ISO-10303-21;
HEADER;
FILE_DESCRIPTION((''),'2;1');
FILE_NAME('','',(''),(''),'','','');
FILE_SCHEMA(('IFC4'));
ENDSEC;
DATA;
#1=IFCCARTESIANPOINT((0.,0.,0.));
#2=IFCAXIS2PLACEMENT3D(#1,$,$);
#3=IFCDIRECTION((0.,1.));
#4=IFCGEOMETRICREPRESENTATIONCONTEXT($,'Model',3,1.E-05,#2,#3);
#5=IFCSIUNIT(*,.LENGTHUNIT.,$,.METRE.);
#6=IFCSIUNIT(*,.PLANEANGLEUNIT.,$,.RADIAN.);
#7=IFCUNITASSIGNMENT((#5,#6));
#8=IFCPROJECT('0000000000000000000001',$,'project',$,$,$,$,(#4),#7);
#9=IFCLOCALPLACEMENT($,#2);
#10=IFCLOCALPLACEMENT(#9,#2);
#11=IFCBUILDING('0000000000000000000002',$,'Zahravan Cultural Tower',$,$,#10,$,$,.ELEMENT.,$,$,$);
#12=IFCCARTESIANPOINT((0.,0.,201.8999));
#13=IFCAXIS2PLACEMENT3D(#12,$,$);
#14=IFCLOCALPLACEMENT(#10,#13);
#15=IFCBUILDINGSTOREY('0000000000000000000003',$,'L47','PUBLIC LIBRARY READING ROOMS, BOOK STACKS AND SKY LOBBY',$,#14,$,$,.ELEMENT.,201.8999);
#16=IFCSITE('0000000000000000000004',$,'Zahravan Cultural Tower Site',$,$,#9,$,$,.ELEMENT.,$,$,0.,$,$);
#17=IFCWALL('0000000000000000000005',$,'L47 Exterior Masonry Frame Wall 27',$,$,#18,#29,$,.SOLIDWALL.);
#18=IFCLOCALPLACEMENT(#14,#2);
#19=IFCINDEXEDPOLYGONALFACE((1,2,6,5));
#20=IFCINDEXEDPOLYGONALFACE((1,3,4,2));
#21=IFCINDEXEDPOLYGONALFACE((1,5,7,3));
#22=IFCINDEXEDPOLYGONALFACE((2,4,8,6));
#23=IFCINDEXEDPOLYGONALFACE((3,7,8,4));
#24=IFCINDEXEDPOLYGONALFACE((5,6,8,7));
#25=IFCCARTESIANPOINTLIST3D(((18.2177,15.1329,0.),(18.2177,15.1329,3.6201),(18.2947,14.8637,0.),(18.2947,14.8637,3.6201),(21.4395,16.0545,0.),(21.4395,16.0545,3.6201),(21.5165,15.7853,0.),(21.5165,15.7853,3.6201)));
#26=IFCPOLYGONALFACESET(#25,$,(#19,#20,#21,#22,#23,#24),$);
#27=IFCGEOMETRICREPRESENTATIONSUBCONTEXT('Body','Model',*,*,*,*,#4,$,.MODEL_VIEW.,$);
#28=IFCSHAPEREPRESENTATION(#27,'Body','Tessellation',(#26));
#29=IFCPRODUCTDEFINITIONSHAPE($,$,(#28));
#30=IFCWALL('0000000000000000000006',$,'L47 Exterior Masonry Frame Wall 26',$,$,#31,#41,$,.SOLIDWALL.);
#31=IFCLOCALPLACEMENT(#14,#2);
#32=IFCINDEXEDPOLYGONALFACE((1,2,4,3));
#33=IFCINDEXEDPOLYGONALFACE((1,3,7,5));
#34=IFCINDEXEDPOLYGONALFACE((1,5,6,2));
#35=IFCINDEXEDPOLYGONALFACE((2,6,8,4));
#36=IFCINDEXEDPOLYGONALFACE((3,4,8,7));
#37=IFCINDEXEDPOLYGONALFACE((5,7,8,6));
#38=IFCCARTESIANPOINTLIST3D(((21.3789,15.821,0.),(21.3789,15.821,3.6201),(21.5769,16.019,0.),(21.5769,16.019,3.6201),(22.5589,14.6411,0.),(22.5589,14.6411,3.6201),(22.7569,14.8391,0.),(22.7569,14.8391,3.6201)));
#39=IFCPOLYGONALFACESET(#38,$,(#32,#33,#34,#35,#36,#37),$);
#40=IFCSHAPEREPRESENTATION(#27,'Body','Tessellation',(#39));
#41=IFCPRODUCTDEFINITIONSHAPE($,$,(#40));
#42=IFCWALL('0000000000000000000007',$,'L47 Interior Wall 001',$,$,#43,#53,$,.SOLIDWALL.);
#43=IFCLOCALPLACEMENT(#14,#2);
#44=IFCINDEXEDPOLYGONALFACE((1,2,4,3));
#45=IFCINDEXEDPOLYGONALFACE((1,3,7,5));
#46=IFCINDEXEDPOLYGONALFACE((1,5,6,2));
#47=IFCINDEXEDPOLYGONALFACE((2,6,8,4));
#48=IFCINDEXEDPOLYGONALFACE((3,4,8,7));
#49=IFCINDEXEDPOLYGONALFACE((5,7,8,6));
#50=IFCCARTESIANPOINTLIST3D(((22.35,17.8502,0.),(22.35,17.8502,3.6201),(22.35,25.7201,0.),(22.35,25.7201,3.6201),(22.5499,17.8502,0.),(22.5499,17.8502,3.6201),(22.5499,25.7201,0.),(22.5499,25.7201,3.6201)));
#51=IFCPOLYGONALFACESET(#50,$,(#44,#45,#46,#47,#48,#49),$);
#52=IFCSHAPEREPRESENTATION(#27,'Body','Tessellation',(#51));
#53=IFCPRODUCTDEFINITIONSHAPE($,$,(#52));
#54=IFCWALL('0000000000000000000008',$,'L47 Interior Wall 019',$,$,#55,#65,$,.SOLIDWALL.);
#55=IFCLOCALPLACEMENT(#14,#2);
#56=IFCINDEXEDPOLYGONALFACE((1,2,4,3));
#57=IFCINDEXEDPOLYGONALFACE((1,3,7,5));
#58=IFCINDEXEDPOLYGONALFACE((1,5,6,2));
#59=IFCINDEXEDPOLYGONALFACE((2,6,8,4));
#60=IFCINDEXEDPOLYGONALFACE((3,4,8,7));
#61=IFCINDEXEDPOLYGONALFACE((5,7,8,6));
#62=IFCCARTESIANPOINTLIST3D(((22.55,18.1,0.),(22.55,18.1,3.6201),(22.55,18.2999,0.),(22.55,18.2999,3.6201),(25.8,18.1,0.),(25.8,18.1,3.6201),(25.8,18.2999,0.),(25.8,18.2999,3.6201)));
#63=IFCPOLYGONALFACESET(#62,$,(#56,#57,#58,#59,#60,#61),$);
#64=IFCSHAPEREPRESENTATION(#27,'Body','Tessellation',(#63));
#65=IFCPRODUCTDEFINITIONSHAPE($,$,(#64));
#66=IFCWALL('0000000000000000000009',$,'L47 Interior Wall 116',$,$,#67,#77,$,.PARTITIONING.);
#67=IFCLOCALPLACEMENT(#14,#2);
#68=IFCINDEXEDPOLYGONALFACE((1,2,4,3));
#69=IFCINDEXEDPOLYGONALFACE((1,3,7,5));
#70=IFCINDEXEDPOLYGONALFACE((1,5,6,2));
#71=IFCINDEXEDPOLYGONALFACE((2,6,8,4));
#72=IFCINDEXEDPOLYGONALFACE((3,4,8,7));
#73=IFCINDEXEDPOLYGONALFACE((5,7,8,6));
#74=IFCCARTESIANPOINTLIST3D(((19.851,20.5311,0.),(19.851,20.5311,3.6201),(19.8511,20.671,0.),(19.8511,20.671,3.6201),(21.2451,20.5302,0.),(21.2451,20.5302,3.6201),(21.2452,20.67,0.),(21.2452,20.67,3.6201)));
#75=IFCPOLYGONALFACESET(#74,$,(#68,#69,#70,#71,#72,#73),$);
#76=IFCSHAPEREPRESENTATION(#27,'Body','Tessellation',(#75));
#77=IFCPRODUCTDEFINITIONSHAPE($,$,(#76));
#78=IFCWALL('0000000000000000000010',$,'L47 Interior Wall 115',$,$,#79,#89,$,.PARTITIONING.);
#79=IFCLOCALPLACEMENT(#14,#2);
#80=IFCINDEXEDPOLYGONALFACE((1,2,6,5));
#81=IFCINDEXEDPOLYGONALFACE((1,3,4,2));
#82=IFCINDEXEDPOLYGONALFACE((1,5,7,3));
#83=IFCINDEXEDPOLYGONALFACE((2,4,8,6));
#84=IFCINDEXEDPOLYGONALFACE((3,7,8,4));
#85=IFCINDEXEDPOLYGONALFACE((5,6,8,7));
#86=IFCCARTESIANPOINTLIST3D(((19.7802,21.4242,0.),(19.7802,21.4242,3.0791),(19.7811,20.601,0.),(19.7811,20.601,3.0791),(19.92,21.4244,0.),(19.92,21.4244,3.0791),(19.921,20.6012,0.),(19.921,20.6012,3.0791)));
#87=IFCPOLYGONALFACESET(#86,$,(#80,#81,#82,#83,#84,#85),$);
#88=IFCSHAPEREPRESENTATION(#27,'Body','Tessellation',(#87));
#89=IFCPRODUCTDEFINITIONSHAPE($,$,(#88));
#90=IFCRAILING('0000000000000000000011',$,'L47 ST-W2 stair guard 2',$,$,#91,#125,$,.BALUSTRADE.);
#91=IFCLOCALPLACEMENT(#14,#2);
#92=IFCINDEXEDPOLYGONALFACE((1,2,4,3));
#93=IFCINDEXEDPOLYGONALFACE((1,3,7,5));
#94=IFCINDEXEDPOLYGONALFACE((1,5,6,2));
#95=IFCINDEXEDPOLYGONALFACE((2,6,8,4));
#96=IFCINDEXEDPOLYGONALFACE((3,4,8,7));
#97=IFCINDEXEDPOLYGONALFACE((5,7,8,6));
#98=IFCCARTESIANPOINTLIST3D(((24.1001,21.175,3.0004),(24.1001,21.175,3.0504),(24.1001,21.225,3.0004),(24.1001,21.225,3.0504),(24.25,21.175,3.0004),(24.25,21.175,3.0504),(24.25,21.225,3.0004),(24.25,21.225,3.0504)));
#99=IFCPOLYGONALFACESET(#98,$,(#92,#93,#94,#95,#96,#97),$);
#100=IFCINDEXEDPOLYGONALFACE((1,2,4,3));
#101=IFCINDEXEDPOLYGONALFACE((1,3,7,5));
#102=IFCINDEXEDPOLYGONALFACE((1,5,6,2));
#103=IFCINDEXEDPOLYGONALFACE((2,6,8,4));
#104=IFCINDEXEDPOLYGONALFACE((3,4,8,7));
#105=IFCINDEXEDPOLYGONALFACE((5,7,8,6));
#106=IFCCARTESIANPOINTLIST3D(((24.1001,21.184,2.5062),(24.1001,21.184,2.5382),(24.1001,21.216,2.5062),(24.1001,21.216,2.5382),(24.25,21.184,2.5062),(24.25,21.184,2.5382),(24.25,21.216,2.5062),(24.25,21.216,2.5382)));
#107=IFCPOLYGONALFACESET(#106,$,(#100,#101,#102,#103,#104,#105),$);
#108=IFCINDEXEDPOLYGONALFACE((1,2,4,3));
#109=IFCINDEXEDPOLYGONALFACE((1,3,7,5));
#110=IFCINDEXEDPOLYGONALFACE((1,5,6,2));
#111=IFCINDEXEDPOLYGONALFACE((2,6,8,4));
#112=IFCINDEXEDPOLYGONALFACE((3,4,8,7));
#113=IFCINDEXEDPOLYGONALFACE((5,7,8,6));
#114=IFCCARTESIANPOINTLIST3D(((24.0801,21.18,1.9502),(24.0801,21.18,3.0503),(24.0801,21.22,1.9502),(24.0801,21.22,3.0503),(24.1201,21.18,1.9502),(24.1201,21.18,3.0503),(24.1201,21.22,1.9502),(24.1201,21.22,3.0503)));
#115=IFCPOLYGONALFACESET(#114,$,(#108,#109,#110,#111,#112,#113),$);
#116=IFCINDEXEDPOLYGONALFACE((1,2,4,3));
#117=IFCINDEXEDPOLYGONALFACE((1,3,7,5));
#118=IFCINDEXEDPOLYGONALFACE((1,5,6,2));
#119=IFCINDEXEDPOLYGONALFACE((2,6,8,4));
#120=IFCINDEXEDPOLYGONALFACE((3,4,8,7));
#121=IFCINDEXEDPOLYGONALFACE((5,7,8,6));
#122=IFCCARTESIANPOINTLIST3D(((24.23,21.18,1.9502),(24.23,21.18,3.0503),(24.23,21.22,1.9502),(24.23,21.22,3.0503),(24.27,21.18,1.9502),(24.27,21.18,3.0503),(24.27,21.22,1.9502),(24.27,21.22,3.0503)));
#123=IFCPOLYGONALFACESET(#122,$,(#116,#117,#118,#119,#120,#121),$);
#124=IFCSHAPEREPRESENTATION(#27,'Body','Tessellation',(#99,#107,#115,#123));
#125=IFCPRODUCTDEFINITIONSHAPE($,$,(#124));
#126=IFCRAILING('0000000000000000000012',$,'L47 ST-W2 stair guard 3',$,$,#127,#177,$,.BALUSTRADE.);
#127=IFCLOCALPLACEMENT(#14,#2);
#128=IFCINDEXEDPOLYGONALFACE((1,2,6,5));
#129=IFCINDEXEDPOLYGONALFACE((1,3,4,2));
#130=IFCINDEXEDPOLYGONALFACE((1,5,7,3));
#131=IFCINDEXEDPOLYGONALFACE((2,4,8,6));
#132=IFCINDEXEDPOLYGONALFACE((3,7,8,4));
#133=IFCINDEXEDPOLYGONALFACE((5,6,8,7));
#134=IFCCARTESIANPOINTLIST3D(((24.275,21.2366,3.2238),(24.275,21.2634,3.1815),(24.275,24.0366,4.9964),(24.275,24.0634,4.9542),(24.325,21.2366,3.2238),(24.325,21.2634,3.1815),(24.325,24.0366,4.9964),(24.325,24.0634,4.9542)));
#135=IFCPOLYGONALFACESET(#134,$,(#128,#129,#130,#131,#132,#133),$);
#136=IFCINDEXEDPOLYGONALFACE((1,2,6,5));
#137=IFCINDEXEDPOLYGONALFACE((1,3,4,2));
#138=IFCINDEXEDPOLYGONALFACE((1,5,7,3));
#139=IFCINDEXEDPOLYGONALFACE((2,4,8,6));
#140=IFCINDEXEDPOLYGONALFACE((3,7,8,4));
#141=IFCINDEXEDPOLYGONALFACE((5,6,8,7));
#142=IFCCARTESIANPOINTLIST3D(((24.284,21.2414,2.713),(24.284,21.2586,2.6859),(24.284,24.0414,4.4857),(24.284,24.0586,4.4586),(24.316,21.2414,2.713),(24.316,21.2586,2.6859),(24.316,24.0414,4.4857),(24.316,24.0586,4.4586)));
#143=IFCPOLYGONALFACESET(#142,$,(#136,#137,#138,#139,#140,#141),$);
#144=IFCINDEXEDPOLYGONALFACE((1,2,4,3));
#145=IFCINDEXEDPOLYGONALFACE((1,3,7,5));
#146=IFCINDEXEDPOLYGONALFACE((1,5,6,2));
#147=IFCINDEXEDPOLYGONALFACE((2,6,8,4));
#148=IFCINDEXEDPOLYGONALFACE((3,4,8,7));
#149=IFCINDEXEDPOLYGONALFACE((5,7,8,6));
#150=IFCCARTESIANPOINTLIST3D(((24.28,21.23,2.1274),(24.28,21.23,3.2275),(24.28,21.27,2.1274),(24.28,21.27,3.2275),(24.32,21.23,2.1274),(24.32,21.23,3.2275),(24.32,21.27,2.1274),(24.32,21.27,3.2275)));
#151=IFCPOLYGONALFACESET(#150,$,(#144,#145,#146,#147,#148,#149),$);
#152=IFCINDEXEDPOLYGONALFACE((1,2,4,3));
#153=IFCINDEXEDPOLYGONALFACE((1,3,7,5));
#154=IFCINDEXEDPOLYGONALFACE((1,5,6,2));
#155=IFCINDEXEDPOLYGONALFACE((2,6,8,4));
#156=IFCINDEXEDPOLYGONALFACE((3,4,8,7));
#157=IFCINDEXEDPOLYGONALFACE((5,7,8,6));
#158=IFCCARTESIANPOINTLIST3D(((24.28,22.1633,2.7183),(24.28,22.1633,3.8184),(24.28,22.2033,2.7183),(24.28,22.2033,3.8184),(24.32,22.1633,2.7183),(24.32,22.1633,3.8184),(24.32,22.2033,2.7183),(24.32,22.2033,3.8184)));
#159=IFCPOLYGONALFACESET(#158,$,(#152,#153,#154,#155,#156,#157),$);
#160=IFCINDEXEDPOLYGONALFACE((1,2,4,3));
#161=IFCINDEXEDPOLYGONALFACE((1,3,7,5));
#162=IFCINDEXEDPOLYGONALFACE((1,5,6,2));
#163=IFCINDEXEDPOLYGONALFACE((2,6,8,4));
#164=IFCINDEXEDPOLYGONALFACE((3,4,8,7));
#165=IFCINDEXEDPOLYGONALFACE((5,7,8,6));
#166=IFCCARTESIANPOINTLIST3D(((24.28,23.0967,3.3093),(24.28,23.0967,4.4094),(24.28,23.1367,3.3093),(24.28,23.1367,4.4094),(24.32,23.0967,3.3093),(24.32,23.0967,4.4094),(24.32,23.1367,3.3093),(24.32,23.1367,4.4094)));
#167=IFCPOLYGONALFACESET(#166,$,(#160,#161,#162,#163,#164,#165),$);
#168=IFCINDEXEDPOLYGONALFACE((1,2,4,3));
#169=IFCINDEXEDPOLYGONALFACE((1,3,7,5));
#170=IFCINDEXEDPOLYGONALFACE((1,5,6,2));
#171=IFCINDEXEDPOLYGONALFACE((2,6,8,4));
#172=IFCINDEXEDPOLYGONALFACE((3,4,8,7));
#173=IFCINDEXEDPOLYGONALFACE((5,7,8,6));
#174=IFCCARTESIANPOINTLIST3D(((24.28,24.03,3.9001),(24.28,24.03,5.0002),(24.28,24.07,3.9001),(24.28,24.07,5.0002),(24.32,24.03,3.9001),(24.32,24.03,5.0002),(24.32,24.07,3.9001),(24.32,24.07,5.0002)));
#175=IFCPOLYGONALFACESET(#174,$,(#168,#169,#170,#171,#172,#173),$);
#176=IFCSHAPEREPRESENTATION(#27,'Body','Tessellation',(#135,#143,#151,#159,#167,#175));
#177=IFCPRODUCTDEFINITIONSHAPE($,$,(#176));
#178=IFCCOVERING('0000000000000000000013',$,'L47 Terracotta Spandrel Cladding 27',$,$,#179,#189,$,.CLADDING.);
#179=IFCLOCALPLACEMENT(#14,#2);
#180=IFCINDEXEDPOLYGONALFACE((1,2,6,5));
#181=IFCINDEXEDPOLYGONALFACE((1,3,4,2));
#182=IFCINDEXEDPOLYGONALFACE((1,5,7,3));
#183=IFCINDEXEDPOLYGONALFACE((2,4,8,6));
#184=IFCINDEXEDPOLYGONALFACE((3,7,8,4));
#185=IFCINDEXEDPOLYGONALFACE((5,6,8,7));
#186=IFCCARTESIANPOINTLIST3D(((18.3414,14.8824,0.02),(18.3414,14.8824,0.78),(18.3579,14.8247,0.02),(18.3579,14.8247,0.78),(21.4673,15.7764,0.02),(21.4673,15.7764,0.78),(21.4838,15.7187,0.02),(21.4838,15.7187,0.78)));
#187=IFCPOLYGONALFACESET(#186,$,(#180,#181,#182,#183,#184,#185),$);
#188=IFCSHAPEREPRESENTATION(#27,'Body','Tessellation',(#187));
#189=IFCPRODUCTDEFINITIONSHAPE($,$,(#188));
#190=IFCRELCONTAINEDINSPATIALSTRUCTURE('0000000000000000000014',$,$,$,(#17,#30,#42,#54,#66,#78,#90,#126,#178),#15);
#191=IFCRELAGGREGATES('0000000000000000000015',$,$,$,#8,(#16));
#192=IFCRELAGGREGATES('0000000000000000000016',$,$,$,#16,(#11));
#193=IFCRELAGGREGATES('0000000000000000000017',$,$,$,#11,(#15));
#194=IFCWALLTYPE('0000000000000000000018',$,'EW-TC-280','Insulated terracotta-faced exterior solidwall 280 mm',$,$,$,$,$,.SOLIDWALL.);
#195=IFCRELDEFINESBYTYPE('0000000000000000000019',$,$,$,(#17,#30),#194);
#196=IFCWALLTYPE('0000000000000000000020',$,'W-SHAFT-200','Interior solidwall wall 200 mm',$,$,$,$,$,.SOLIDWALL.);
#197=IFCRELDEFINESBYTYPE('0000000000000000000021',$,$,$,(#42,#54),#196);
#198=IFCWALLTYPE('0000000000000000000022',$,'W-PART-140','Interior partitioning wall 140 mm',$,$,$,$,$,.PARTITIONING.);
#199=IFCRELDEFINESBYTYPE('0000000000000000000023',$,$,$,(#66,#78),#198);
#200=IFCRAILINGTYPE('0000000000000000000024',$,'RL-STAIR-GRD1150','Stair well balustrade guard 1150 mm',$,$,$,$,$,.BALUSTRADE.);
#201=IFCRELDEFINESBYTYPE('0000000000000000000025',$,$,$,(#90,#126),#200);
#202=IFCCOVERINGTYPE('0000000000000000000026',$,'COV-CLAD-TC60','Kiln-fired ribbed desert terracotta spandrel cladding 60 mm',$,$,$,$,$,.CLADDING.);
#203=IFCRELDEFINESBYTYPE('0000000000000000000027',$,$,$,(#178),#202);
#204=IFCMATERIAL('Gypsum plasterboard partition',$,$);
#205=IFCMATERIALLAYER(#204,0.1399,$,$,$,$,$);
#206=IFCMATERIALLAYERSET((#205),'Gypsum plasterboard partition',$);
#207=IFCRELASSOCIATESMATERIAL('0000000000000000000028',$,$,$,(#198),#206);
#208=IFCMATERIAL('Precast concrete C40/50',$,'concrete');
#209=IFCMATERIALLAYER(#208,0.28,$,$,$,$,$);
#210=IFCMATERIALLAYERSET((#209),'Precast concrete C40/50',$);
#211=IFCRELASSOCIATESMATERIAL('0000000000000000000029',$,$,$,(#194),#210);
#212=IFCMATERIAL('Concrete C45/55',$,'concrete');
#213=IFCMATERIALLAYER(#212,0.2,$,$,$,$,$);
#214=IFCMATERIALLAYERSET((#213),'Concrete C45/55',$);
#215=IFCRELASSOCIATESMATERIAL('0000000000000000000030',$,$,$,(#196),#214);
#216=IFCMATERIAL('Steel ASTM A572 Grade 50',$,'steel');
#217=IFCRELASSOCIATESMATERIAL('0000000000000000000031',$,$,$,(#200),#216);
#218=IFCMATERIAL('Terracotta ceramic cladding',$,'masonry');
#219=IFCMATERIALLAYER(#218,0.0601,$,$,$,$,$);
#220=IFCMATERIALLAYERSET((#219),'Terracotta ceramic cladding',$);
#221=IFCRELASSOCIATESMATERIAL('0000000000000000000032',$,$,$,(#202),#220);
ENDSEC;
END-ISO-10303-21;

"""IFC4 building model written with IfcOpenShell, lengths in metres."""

from ifc_helpers import new_model, si_unit, direction, frame, frame_2d, origin, origin_2d, place, context, subcontext, project, spatial, rectangle, extrude, source, transform, mapped, material, layer, layer_set, type_object, element, save


model = new_model("IFC4")

# Units and contexts
model_context = context("Model", 3, precision=1e-05, world=origin(), true_north=direction((0.0, 1.0)))
body_context = subcontext(model_context, "Body", "Model", "MODEL_VIEW")
ifc_project = project(units=[si_unit("LENGTHUNIT", "METRE"), si_unit("PLANEANGLEUNIT", "RADIAN")], contexts=[model_context])

# Site, building, storey
site_placement = place(None, origin())
site = spatial("IfcSite", under=ifc_project, at=site_placement, Name="Zahravan Cultural Tower Site", CompositionType="ELEMENT", RefElevation=0.0)
building_placement = place(site_placement, origin())
building = spatial("IfcBuilding", under=site, at=building_placement, Name="Zahravan Cultural Tower", CompositionType="ELEMENT")
storey_placement = place(building_placement, frame((0.0, 0.0, 201.8999)))
storey = spatial("IfcBuildingStorey", under=building, at=storey_placement, Name="L47", Description="PUBLIC LIBRARY READING ROOMS, BOOK STACKS AND SKY LOBBY", CompositionType="ELEMENT", Elevation=201.8999)

# Shared definitions
ifc_material_1 = material(Name="Gypsum plasterboard partition")
ifc_layer_1 = layer(ifc_material_1, 0.1399)
ifc_layer_set_1 = layer_set([ifc_layer_1], Name="Gypsum plasterboard partition")
wall_type_1 = type_object("IfcWallType", Name="W-PART-140", Description="Interior partitioning wall 140 mm", PredefinedType="PARTITIONING", material=ifc_layer_set_1)

# Walls
ifc_material_2 = material(Name="Precast concrete C40/50", Category="concrete")
ifc_layer_2 = layer(ifc_material_2, 0.28)
ifc_layer_set_2 = layer_set([ifc_layer_2], Name="Precast concrete C40/50")
wall_type_2 = type_object("IfcWallType", Name="EW-TC-280", Description="Insulated terracotta-faced exterior solidwall 280 mm", PredefinedType="SOLIDWALL", material=ifc_layer_set_2)
shared_shape_1 = source(origin(), body_context, "Body", "SweptSolid", [
    extrude(rectangle(XDim=3.3511, YDim=0.28, at=frame_2d((1.6755, 0.0))), origin(), (0.0, 0.0, 1.0), 3.6201),
])
wall_1_placement = place(storey_placement, frame((21.478, 15.9199, 0.0), z_axis=(0.0, 0.0, 1.0), x_axis=(-0.961439, -0.275019, 0.0)))
element("IfcWall", 1, at=wall_1_placement, inside=storey, type_object=wall_type_2, Name="L47 Exterior Masonry Frame Wall 27", PredefinedType="SOLIDWALL", context=body_context, shape_type="MappedRepresentation", body=[
    mapped(shared_shape_1, transform((0.0, 0.0, 0.0), x_axis=(1.0, 0.0, 0.0), y_axis=(0.0, 1.0, 0.0), z_axis=(0.0, 0.0, 1.0), scale=1.0)),
])
shared_shape_2 = source(origin(), body_context, "Body", "SweptSolid", [
    extrude(rectangle(XDim=1.6687, YDim=0.28, at=frame_2d((0.8345, 0.0))), origin(), (0.0, 0.0, 1.0), 3.6201),
])
wall_2_placement = place(storey_placement, frame((22.658, 14.74, 0.0), z_axis=(0.0, 0.0, 1.0), x_axis=(-0.707107, 0.707107, 0.0)))
element("IfcWall", 2, at=wall_2_placement, inside=storey, type_object=wall_type_2, Name="L47 Exterior Masonry Frame Wall 26", PredefinedType="SOLIDWALL", context=body_context, shape_type="MappedRepresentation", body=[
    mapped(shared_shape_2, transform((0.0, 0.0, 0.0), x_axis=(1.0, 0.0, 0.0), y_axis=(0.0, 1.0, 0.0), z_axis=(0.0, 0.0, 1.0), scale=1.0)),
])
ifc_material_3 = material(Name="Concrete C45/55", Category="concrete")
ifc_layer_3 = layer(ifc_material_3, 0.2)
ifc_layer_set_3 = layer_set([ifc_layer_3], Name="Concrete C45/55")
wall_type_3 = type_object("IfcWallType", Name="W-SHAFT-200", Description="Interior solidwall wall 200 mm", PredefinedType="SOLIDWALL", material=ifc_layer_set_3)
shared_shape_3 = source(origin(), body_context, "Body", "SweptSolid", [
    extrude(rectangle(XDim=7.8699, YDim=0.2, at=frame_2d((3.9351, 0.0))), origin(), (0.0, 0.0, 1.0), 3.6201),
])
wall_3_placement = place(storey_placement, frame((22.45, 17.8501, 0.0), z_axis=(0.0, 0.0, 1.0), x_axis=(0.0, 1.0, 0.0)))
element("IfcWall", 3, at=wall_3_placement, inside=storey, type_object=wall_type_3, Name="L47 Interior Wall 001", PredefinedType="SOLIDWALL", context=body_context, shape_type="MappedRepresentation", body=[
    mapped(shared_shape_3, transform((0.0, 0.0, 0.0), x_axis=(1.0, 0.0, 0.0), y_axis=(0.0, 1.0, 0.0), z_axis=(0.0, 0.0, 1.0), scale=1.0)),
])
shared_shape_4 = source(origin(), body_context, "Body", "SweptSolid", [
    extrude(rectangle(XDim=3.25, YDim=0.2, at=frame_2d((1.625, 0.0))), origin(), (0.0, 0.0, 1.0), 3.6201),
])
wall_4_placement = place(storey_placement, frame((22.55, 18.2, 0.0), z_axis=(0.0, 0.0, 1.0), x_axis=(1.0, 0.0, 0.0)))
element("IfcWall", 4, at=wall_4_placement, inside=storey, type_object=wall_type_3, Name="L47 Interior Wall 019", PredefinedType="SOLIDWALL", context=body_context, shape_type="MappedRepresentation", body=[
    mapped(shared_shape_4, transform((0.0, 0.0, 0.0), x_axis=(1.0, 0.0, 0.0), y_axis=(0.0, 1.0, 0.0), z_axis=(0.0, 0.0, 1.0), scale=1.0)),
])
shared_shape_5 = source(origin(), body_context, "Body", "SweptSolid", [
    extrude(rectangle(XDim=1.394, YDim=0.1399, at=frame_2d((0.697, 0.0))), origin(), (0.0, 0.0, 1.0), 3.6201),
])
wall_5_placement = place(storey_placement, frame((19.8511, 20.6011, 0.0), z_axis=(0.0, 0.0, 1.0), x_axis=(1.0, -0.000701, 0.0)))
element("IfcWall", 5, at=wall_5_placement, inside=storey, type_object=wall_type_1, Name="L47 Interior Wall 116", PredefinedType="PARTITIONING", context=body_context, shape_type="MappedRepresentation", body=[
    mapped(shared_shape_5, transform((0.0, 0.0, 0.0), x_axis=(1.0, 0.0, 0.0), y_axis=(0.0, 1.0, 0.0), z_axis=(0.0, 0.0, 1.0), scale=1.0)),
])
shared_shape_6 = source(origin(), body_context, "Body", "SweptSolid", [
    extrude(rectangle(XDim=0.8232, YDim=0.1399, at=frame_2d((0.4116, 0.0))), origin(), (0.0, 0.0, 1.0), 3.0791),
])
wall_6_placement = place(storey_placement, frame((19.8501, 21.4243, 0.0), z_axis=(0.0, 0.0, 1.0), x_axis=(0.001186, -0.999999, 0.0)))
element("IfcWall", 6, at=wall_6_placement, inside=storey, type_object=wall_type_1, Name="L47 Interior Wall 115", PredefinedType="PARTITIONING", context=body_context, shape_type="MappedRepresentation", body=[
    mapped(shared_shape_6, transform((0.0, 0.0, 0.0), x_axis=(1.0, 0.0, 0.0), y_axis=(0.0, 1.0, 0.0), z_axis=(0.0, 0.0, 1.0), scale=1.0)),
])

# Railings
ifc_material_4 = material(Name="Steel ASTM A572 Grade 50", Category="steel")
railing_type = type_object("IfcRailingType", Name="RL-STAIR-GRD1150", Description="Stair well balustrade guard 1150 mm", PredefinedType="BALUSTRADE", material=ifc_material_4)
railing_1_placement = place(storey_placement, frame((24.1001, 21.2, 1.9502)))
element("IfcRailing", 7, at=railing_1_placement, inside=storey, type_object=railing_type, Name="L47 ST-W2 stair guard 2", PredefinedType="BALUSTRADE", context=body_context, shape_type="SweptSolid", body=[
    extrude(rectangle(XDim=0.05, YDim=0.05, at=origin_2d()), frame((0.0, 0.0, 1.0752), z_axis=(1.0, 0.0, 0.0), x_axis=(0.0, 1.0, 0.0)), (0.0, 0.0, 1.0), 0.1499),
    extrude(rectangle(XDim=0.032, YDim=0.032, at=origin_2d()), frame((0.0, 0.0, 0.572), z_axis=(1.0, 0.0, 0.0), x_axis=(0.0, 1.0, 0.0)), (0.0, 0.0, 1.0), 0.1499),
    extrude(rectangle(XDim=0.04, YDim=0.04, at=origin_2d()), origin(), (0.0, 0.0, 1.0), 1.1001),
    extrude(rectangle(XDim=0.04, YDim=0.04, at=origin_2d()), frame((0.1499, 0.0, 0.0)), (0.0, 0.0, 1.0), 1.1001),
])
railing_2_placement = place(storey_placement, frame((24.3, 21.25, 2.1274)))
element("IfcRailing", 8, at=railing_2_placement, inside=storey, type_object=railing_type, Name="L47 ST-W2 stair guard 3", PredefinedType="BALUSTRADE", context=body_context, shape_type="SweptSolid", body=[
    extrude(rectangle(XDim=0.05, YDim=0.05, at=origin_2d()), frame((0.0, 0.0, 1.0752), z_axis=(0.0, 0.844909, 0.53491), x_axis=(-1.0, 0.0, 0.0)), (0.0, 0.0, 1.0), 3.314),
    extrude(rectangle(XDim=0.032, YDim=0.032, at=origin_2d()), frame((0.0, 0.0, 0.572), z_axis=(0.0, 0.844909, 0.53491), x_axis=(-1.0, 0.0, 0.0)), (0.0, 0.0, 1.0), 3.314),
    extrude(rectangle(XDim=0.04, YDim=0.04, at=origin_2d()), origin(), (0.0, 0.0, 1.0), 1.1001),
    extrude(rectangle(XDim=0.04, YDim=0.04, at=origin_2d()), frame((0.0, 0.9333, 0.5908)), (0.0, 0.0, 1.0), 1.1001),
    extrude(rectangle(XDim=0.04, YDim=0.04, at=origin_2d()), frame((0.0, 1.8667, 1.1819)), (0.0, 0.0, 1.0), 1.1001),
    extrude(rectangle(XDim=0.04, YDim=0.04, at=origin_2d()), frame((0.0, 2.8, 1.7727)), (0.0, 0.0, 1.0), 1.1001),
])

# Covering
ifc_material_5 = material(Name="Terracotta ceramic cladding", Category="masonry")
ifc_layer_4 = layer(ifc_material_5, 0.0601)
ifc_layer_set_4 = layer_set([ifc_layer_4], Name="Terracotta ceramic cladding")
covering_type = type_object("IfcCoveringType", Name="COV-CLAD-TC60", Description="Kiln-fired ribbed desert terracotta spandrel cladding 60 mm", PredefinedType="CLADDING", material=ifc_layer_set_4)
shared_shape_7 = source(origin(), body_context, "Body", "SweptSolid", [
    extrude(rectangle(XDim=3.2512, YDim=0.0601, at=origin_2d()), origin(), (0.0, 0.0, 1.0), 0.76),
])
covering_placement = place(storey_placement, frame((19.9126, 15.3005, 0.02), z_axis=(0.0, 0.0, 1.0), x_axis=(-0.961449, -0.274983, 0.0)))
element("IfcCovering", 9, at=covering_placement, inside=storey, type_object=covering_type, Name="L47 Terracotta Spandrel Cladding 27", PredefinedType="CLADDING", context=body_context, shape_type="MappedRepresentation", body=[
    mapped(shared_shape_7, transform((0.0, 0.0, 0.0), x_axis=(1.0, 0.0, 0.0), y_axis=(0.0, 1.0, 0.0), z_axis=(0.0, 0.0, 1.0), scale=1.0)),
])

save(model, "model.ifc")
